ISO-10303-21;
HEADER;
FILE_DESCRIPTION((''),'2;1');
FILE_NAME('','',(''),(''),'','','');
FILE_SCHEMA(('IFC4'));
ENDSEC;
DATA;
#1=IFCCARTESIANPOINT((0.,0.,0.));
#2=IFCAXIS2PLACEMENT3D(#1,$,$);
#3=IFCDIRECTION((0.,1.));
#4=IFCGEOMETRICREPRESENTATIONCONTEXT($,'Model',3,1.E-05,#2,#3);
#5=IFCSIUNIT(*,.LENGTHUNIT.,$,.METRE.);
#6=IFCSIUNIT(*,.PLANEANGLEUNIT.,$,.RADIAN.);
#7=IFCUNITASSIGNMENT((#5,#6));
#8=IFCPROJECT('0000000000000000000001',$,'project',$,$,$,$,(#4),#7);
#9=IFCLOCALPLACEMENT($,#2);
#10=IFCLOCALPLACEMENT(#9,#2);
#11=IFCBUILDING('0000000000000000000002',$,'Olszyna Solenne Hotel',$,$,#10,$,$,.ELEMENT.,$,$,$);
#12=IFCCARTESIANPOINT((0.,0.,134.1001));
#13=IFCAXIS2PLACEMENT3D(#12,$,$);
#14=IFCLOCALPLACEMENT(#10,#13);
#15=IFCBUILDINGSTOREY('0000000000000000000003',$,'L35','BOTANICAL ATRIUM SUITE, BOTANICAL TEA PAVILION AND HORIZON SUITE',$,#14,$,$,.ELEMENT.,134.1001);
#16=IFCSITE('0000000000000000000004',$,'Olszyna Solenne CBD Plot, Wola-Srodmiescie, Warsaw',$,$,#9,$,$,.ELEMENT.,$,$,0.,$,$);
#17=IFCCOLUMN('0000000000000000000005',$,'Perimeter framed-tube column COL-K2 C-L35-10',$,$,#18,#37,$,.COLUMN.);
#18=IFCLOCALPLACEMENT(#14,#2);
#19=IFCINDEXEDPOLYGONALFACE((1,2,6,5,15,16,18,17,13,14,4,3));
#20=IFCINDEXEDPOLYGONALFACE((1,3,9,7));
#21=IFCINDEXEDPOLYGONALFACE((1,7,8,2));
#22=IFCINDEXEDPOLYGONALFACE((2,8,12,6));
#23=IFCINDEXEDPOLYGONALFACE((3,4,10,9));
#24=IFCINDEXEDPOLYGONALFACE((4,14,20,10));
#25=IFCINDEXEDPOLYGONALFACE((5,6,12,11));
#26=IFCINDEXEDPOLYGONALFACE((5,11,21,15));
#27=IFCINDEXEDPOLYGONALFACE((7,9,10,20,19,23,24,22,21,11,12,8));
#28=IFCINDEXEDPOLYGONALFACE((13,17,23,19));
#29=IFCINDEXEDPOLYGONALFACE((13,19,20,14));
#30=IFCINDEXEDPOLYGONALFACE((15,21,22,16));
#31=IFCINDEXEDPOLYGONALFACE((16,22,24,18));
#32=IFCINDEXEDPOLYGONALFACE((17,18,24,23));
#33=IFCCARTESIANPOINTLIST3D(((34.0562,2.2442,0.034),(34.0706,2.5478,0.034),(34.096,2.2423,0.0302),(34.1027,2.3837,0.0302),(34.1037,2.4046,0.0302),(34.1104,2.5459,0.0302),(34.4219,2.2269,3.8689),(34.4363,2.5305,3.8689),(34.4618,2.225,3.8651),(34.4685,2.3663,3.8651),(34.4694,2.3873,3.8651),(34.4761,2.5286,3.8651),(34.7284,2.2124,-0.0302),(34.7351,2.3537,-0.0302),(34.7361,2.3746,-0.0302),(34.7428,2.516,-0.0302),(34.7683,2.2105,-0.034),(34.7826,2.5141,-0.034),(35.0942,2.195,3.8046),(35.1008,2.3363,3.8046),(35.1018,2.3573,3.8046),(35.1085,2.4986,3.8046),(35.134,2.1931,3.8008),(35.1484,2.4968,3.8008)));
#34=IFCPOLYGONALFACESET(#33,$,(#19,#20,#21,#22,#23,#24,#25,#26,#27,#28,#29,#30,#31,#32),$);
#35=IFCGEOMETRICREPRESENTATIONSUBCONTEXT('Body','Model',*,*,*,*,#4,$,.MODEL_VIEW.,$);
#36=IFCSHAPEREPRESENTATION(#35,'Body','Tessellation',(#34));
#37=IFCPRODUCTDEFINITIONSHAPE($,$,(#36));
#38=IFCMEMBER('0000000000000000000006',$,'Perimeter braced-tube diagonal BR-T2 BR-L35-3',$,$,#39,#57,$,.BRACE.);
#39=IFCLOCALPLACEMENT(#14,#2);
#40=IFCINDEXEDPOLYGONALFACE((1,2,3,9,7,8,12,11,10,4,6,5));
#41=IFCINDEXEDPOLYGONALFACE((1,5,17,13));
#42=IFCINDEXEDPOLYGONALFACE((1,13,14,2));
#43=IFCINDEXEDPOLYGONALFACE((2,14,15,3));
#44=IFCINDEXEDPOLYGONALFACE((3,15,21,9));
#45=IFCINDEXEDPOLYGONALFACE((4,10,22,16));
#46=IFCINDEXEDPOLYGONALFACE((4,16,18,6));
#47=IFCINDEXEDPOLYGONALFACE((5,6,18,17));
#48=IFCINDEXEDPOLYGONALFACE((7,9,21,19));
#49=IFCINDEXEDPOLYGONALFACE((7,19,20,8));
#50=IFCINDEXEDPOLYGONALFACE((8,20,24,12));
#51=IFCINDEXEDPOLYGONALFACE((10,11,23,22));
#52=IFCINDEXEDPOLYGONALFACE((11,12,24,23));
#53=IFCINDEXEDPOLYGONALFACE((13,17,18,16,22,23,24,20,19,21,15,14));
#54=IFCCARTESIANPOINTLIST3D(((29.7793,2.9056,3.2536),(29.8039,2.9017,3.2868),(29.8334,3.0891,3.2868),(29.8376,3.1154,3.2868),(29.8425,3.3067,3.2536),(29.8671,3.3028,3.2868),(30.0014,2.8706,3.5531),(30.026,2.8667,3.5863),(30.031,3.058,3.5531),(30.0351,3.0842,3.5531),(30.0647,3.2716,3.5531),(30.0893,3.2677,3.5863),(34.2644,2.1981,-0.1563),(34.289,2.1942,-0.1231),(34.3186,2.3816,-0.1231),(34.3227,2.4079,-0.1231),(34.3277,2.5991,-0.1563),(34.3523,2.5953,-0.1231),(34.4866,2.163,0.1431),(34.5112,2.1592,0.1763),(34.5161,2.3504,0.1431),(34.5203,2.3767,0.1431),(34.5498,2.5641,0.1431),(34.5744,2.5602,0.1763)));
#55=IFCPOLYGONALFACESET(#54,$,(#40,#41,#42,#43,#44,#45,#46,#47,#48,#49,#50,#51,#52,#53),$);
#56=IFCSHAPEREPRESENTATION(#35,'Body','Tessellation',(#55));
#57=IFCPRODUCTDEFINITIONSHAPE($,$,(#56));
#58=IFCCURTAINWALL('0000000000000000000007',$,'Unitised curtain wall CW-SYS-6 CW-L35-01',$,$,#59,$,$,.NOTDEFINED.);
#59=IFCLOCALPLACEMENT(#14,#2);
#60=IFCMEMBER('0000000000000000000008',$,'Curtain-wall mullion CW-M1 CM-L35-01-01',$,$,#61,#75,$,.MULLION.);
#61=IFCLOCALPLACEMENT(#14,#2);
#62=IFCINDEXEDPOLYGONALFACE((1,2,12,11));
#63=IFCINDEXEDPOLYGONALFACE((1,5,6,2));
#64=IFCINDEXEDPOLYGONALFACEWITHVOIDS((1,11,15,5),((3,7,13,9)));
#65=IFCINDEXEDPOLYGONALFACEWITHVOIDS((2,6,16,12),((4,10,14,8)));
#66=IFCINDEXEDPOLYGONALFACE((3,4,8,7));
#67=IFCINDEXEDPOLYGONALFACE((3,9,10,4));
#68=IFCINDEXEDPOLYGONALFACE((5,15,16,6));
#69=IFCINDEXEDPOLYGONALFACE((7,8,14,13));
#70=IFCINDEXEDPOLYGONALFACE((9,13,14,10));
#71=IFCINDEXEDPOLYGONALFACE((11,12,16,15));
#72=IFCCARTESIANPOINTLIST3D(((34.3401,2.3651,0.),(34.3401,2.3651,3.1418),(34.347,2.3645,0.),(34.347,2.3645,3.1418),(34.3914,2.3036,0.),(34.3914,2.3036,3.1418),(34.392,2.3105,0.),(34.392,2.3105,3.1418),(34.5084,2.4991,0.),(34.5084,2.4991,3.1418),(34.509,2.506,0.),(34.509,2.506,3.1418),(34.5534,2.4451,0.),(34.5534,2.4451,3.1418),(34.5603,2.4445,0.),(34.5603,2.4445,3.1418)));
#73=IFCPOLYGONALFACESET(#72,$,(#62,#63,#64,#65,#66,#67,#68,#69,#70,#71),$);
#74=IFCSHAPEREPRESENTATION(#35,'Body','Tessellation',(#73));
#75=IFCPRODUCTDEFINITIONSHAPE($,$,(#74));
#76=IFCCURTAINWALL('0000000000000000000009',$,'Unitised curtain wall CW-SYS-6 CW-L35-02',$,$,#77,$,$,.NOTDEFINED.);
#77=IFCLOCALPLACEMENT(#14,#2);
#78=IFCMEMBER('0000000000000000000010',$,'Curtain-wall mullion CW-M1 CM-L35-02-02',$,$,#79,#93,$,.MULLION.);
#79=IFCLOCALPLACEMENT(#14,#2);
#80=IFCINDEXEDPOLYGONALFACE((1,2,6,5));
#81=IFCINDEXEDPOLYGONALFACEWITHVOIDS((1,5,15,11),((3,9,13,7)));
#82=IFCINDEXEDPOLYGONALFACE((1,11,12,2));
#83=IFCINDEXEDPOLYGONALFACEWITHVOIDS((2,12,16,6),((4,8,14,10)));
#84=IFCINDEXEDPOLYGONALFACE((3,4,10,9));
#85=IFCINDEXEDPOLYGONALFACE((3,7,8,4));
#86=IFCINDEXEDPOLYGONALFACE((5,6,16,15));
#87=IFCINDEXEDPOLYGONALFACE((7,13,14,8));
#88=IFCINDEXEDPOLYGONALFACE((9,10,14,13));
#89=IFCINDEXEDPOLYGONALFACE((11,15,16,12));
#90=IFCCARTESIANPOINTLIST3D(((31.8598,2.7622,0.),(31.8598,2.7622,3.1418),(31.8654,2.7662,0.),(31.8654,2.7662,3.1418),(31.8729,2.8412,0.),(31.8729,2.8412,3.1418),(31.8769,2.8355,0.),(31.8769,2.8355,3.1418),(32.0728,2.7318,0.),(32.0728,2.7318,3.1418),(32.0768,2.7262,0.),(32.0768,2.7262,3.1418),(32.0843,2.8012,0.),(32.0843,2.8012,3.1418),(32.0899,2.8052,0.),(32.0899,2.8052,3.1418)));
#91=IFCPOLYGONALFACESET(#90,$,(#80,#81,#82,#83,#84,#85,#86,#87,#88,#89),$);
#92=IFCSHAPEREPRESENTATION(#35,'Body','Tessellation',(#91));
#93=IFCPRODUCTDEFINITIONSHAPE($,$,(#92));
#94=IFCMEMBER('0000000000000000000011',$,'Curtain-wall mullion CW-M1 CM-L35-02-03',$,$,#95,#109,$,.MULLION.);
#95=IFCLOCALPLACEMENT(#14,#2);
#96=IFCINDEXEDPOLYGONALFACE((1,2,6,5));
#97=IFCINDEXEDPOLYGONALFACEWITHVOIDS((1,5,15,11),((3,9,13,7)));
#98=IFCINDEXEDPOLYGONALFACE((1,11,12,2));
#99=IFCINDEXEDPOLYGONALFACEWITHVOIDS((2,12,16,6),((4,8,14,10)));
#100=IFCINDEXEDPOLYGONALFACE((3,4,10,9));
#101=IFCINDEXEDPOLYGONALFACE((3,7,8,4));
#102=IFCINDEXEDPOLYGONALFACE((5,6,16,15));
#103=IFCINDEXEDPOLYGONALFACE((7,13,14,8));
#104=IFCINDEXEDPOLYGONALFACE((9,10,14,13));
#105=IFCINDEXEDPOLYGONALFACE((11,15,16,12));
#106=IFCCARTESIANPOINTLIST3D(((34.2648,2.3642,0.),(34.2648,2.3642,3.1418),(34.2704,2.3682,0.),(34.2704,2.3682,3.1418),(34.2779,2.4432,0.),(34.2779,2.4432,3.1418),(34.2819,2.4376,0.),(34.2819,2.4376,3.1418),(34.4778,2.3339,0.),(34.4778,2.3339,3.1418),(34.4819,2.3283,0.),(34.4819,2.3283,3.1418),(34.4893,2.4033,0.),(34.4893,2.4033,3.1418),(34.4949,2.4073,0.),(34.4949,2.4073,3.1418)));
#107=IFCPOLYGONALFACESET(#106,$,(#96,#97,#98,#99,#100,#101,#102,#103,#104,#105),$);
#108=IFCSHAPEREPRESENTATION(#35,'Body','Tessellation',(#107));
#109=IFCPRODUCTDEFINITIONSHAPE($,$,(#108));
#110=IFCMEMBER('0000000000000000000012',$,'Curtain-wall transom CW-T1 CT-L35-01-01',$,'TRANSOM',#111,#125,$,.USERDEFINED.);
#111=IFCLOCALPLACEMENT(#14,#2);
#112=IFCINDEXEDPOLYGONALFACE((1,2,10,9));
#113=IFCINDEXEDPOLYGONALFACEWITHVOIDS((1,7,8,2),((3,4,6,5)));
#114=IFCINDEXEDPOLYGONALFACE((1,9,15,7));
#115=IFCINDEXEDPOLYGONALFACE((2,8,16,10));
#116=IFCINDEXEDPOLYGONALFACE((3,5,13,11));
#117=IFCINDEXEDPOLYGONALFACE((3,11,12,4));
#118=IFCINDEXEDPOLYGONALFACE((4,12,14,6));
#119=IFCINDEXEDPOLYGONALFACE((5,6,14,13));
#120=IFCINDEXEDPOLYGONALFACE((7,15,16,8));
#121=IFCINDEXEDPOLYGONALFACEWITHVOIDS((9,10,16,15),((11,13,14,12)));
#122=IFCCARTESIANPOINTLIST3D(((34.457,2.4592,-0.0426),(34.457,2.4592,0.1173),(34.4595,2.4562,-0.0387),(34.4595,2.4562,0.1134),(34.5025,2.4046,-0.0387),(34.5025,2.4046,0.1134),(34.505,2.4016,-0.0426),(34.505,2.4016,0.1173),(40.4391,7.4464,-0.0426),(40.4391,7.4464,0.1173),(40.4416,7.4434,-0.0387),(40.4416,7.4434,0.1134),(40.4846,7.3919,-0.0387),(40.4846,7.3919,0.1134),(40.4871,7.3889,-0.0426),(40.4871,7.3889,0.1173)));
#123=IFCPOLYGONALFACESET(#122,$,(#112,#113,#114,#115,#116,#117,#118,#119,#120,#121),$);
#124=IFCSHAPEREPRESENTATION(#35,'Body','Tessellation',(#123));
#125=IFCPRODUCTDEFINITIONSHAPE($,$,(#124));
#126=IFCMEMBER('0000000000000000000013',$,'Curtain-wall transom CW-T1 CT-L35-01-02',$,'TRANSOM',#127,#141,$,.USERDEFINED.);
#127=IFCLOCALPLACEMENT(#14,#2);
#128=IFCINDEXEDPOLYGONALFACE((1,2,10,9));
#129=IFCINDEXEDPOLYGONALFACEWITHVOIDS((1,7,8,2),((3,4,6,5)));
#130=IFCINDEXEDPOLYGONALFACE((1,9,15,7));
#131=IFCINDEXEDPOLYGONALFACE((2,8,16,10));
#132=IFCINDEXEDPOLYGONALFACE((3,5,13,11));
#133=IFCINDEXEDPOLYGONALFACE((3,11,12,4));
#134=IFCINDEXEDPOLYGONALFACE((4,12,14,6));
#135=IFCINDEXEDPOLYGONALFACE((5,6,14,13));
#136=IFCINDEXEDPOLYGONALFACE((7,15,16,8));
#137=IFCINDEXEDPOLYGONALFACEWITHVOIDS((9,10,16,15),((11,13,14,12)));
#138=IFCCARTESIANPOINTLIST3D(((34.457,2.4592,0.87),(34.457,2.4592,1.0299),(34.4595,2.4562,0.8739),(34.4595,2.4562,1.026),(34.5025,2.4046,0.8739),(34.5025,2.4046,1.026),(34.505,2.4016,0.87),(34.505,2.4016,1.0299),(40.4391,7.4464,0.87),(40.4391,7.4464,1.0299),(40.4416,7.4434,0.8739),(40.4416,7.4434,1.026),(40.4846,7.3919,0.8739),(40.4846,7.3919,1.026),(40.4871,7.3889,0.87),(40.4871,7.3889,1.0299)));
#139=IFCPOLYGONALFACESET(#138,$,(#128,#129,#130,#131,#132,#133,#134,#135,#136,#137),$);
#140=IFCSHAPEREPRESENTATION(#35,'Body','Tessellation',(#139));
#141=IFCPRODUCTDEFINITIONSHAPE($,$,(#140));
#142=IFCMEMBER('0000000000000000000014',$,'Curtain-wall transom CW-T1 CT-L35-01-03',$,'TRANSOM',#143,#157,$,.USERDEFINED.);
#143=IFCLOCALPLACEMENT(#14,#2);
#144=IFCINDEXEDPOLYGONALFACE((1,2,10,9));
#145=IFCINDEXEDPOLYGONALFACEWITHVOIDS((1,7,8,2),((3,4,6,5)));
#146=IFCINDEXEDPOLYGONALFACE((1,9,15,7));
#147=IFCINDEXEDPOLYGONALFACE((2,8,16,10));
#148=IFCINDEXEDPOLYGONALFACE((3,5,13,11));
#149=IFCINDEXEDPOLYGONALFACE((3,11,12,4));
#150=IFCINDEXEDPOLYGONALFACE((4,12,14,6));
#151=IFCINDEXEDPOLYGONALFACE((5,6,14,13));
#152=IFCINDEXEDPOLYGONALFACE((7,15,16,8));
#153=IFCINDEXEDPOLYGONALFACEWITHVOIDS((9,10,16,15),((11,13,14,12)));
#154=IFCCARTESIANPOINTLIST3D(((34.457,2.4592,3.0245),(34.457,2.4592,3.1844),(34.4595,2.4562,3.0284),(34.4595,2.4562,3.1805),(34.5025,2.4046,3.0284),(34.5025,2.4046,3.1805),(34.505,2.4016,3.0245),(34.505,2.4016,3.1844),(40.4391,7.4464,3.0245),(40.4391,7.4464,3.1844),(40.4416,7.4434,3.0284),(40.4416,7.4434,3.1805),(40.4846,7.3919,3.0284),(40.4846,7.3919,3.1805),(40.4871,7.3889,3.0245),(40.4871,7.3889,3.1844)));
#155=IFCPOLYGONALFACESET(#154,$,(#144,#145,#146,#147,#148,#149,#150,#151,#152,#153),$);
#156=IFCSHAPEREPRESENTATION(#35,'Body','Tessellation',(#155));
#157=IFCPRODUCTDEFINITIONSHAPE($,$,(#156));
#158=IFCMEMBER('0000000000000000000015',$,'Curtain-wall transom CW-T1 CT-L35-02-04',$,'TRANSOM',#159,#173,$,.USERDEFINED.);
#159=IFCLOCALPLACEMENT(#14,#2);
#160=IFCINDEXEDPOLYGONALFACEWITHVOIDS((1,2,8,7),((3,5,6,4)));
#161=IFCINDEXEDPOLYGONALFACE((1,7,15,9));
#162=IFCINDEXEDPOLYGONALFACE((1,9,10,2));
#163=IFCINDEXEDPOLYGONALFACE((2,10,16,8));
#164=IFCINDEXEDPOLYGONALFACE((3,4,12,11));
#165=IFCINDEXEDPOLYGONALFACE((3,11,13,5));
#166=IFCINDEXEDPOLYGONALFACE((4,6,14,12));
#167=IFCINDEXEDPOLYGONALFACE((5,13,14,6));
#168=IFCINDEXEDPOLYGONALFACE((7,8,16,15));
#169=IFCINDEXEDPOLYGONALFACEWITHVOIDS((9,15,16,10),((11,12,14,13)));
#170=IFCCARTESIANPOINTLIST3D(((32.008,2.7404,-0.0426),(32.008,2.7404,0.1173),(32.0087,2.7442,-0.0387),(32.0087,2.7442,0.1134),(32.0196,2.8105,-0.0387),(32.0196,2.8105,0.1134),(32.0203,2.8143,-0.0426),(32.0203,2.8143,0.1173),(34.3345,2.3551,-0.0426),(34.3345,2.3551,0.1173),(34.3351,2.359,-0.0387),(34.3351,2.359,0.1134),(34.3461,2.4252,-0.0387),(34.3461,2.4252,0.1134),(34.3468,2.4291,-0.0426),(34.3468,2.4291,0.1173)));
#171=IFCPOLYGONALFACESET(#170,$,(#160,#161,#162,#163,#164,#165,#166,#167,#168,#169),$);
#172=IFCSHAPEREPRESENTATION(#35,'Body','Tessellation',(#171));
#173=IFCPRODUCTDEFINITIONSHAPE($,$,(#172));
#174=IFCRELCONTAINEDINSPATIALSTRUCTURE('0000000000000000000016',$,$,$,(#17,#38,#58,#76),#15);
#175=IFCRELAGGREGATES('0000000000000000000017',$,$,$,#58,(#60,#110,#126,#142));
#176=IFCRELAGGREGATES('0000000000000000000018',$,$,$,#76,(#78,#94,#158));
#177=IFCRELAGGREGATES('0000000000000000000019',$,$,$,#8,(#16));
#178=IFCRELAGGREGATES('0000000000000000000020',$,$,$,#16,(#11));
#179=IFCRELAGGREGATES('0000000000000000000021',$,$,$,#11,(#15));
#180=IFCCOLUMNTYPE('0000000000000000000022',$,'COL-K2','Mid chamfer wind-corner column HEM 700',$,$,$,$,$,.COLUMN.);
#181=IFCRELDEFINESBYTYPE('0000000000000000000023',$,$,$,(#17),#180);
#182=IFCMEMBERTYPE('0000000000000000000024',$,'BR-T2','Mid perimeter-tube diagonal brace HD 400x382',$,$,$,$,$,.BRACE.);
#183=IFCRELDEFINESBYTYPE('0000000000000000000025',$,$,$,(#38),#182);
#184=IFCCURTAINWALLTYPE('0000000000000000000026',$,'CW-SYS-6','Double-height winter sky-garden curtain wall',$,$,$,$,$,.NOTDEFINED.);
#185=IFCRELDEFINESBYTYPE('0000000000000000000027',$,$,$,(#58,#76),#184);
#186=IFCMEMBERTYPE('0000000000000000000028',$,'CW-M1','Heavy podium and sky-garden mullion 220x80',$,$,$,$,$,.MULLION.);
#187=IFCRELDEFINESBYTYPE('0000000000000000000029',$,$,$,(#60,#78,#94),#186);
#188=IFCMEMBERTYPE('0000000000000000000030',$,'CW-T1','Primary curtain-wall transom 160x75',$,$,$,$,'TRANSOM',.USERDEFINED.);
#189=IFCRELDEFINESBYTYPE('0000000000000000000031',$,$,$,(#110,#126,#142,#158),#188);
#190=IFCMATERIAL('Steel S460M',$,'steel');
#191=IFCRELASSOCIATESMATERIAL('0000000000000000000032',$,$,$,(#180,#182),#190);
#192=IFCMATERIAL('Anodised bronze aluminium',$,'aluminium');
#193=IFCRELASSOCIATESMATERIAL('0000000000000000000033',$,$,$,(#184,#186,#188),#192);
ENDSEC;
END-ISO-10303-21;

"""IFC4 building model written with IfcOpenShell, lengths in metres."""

from ifc_helpers import new_model, si_unit, direction, frame, origin, origin_2d, place, context, subcontext, project, spatial, hollow_rectangle, i_section, extrude, source, transform, mapped, material, material_profile, profile_set, type_object, element, aggregate, save


model = new_model("IFC4")

# Units and contexts
model_context = context("Model", 3, precision=1e-05, world=origin(), true_north=direction((0.0, 1.0)))
body_context = subcontext(model_context, "Body", "Model", "MODEL_VIEW")
ifc_project = project(units=[si_unit("LENGTHUNIT", "METRE"), si_unit("PLANEANGLEUNIT", "RADIAN")], contexts=[model_context])

# Site, building, storey
site_placement = place(None, origin())
site = spatial("IfcSite", under=ifc_project, at=site_placement, Name="Olszyna Solenne CBD Plot, Wola-Srodmiescie, Warsaw", CompositionType="ELEMENT", RefElevation=0.0)
building_placement = place(site_placement, origin())
building = spatial("IfcBuilding", under=site, at=building_placement, Name="Olszyna Solenne Hotel", CompositionType="ELEMENT")
storey_placement = place(building_placement, frame((0.0, 0.0, 134.1001)))
storey = spatial("IfcBuildingStorey", under=building, at=storey_placement, Name="L35", Description="BOTANICAL ATRIUM SUITE, BOTANICAL TEA PAVILION AND HORIZON SUITE", CompositionType="ELEMENT", Elevation=134.1001)

# Column
ifc_material_1 = material(Name="Steel S460M", Category="steel")
ifc_material_profile_1 = material_profile(ifc_material_1, i_section(OverallWidth=0.304, OverallDepth=0.7161, WebThickness=0.021, FlangeThickness=0.04, at=origin_2d()), Name="HEM 700", Category="load-bearing")
ifc_profile_set_1 = profile_set([ifc_material_profile_1], Name="Steel S460M")
column_type = type_object("IfcColumnType", Name="COL-K2", Description="Mid chamfer wind-corner column HEM 700", PredefinedType="COLUMN", material=ifc_profile_set_1)
shared_shape_1 = source(origin(), body_context, "Body", "SweptSolid", [
    extrude(i_section(OverallWidth=0.304, OverallDepth=0.7161, WebThickness=0.021, FlangeThickness=0.04, at=origin_2d()), origin(), (0.0, 0.0, 1.0), 3.8523),
])
column_placement = place(storey_placement, frame((34.4194, 2.3792, 0.0), z_axis=(0.094934, -0.0045, 0.995473), x_axis=(0.047343, 0.998879, 0.0)))
element("IfcColumn", 1, at=column_placement, inside=storey, type_object=column_type, Name="Perimeter framed-tube column COL-K2 C-L35-10", PredefinedType="COLUMN", context=body_context, shape_type="MappedRepresentation", body=[
    mapped(shared_shape_1, transform((0.0, 0.0, 0.0), x_axis=(1.0, 0.0, 0.0), y_axis=(0.0, 1.0, 0.0), z_axis=(0.0, 0.0, 1.0), scale=1.0)),
])

# Member
ifc_material_profile_2 = material_profile(ifc_material_1, i_section(OverallWidth=0.406, OverallDepth=0.416, WebThickness=0.0266, FlangeThickness=0.0415, at=origin_2d()), Name="HD 400x382", Category="load-bearing")
ifc_profile_set_2 = profile_set([ifc_material_profile_2], Name="Steel S460M")
member_type_1 = type_object("IfcMemberType", Name="BR-T2", Description="Mid perimeter-tube diagonal brace HD 400x382", PredefinedType="BRACE", material=ifc_profile_set_2)
shared_shape_2 = source(origin(), body_context, "Body", "SweptSolid", [
    extrude(i_section(OverallWidth=0.406, OverallDepth=0.416, WebThickness=0.0266, FlangeThickness=0.0415, at=origin_2d()), origin(), (0.0, 0.0, 1.0), 5.6785),
])
member_1_placement = place(storey_placement, frame((34.4194, 2.3792, 0.01), z_axis=(-0.789854, 0.124598, 0.600505), x_axis=(-0.155822, -0.987785, 0.0)))
element("IfcMember", 2, at=member_1_placement, inside=storey, type_object=member_type_1, Name="Perimeter braced-tube diagonal BR-T2 BR-L35-3", PredefinedType="BRACE", context=body_context, shape_type="MappedRepresentation", body=[
    mapped(shared_shape_2, transform((0.0, 0.0, 0.0), x_axis=(1.0, 0.0, 0.0), y_axis=(0.0, 1.0, 0.0), z_axis=(0.0, 0.0, 1.0), scale=1.0)),
])

# Curtain wall, member
ifc_material_2 = material(Name="Anodised bronze aluminium", Category="aluminium")
curtain_wall_type = type_object("IfcCurtainWallType", Name="CW-SYS-6", Description="Double-height winter sky-garden curtain wall", PredefinedType="NOTDEFINED", material=ifc_material_2)
curtain_wall_1_placement = place(storey_placement, origin())
curtain_wall_1 = element("IfcCurtainWall", 3, at=curtain_wall_1_placement, inside=storey, type_object=curtain_wall_type, Name="Unitised curtain wall CW-SYS-6 CW-L35-01", PredefinedType="NOTDEFINED")
ifc_material_profile_3 = material_profile(ifc_material_2, hollow_rectangle(XDim=0.0801, YDim=0.22, WallThickness=0.0049, at=origin_2d()), Name="MULL 220x80x5", Category="load-bearing")
ifc_profile_set_3 = profile_set([ifc_material_profile_3], Name="Anodised bronze aluminium")
member_type_2 = type_object("IfcMemberType", Name="CW-M1", Description="Heavy podium and sky-garden mullion 220x80", PredefinedType="MULLION", material=ifc_profile_set_3)
shared_shape_3 = source(origin(), body_context, "Body", "SweptSolid", [
    extrude(hollow_rectangle(XDim=0.0801, YDim=0.22, WallThickness=0.0049, at=origin_2d()), origin(), (0.0, 0.0, 1.0), 3.1418),
])
member_2_placement = place(storey_placement, frame((34.4502, 2.4048, 0.0), z_axis=(0.0, 0.0, 1.0), x_axis=(-0.64034, 0.768091, 0.0)))
member_2 = element("IfcMember", 4, at=member_2_placement, type_object=member_type_2, Name="Curtain-wall mullion CW-M1 CM-L35-01-01", PredefinedType="MULLION", context=body_context, shape_type="MappedRepresentation", body=[
    mapped(shared_shape_3, transform((0.0, 0.0, 0.0), x_axis=(1.0, 0.0, 0.0), y_axis=(0.0, 1.0, 0.0), z_axis=(0.0, 0.0, 1.0), scale=1.0)),
])

# Curtain wall, members
curtain_wall_2_placement = place(storey_placement, origin())
curtain_wall_2 = element("IfcCurtainWall", 5, at=curtain_wall_2_placement, inside=storey, type_object=curtain_wall_type, Name="Unitised curtain wall CW-SYS-6 CW-L35-02", PredefinedType="NOTDEFINED")
member_3_placement = place(storey_placement, frame((31.9749, 2.7837, 0.0), z_axis=(0.0, 0.0, 1.0), x_axis=(0.163322, 0.986573, 0.0)))
member_3 = element("IfcMember", 6, at=member_3_placement, type_object=member_type_2, Name="Curtain-wall mullion CW-M1 CM-L35-02-02", PredefinedType="MULLION", context=body_context, shape_type="MappedRepresentation", body=[
    mapped(shared_shape_3, transform((0.0, 0.0, 0.0), x_axis=(1.0, 0.0, 0.0), y_axis=(0.0, 1.0, 0.0), z_axis=(0.0, 0.0, 1.0), scale=1.0)),
])
member_4_placement = place(storey_placement, frame((34.3799, 2.3857, 0.0), z_axis=(0.0, 0.0, 1.0), x_axis=(0.163322, 0.986573, 0.0)))
member_4 = element("IfcMember", 7, at=member_4_placement, type_object=member_type_2, Name="Curtain-wall mullion CW-M1 CM-L35-02-03", PredefinedType="MULLION", context=body_context, shape_type="MappedRepresentation", body=[
    mapped(shared_shape_3, transform((0.0, 0.0, 0.0), x_axis=(1.0, 0.0, 0.0), y_axis=(0.0, 1.0, 0.0), z_axis=(0.0, 0.0, 1.0), scale=1.0)),
])

# Members
ifc_material_profile_4 = material_profile(ifc_material_2, hollow_rectangle(XDim=0.075, YDim=0.1599, WallThickness=0.0039, at=origin_2d()), Name="TRAN 160x75x4", Category="load-bearing")
ifc_profile_set_4 = profile_set([ifc_material_profile_4], Name="Anodised bronze aluminium")
member_type_3 = type_object("IfcMemberType", Name="CW-T1", Description="Primary curtain-wall transom 160x75", ElementType="TRANSOM", PredefinedType="USERDEFINED", material=ifc_profile_set_4)
shared_shape_4 = source(origin(), body_context, "Body", "SweptSolid", [
    extrude(hollow_rectangle(XDim=0.075, YDim=0.1599, WallThickness=0.0039, at=origin_2d()), origin(), (0.0, 0.0, 1.0), 7.7883),
])
member_5_placement = place(storey_placement, frame((34.481, 2.4304, 0.0374), z_axis=(0.768085, 0.640348, 0.0), x_axis=(-0.640348, 0.768085, 0.0)))
member_5 = element("IfcMember", 8, at=member_5_placement, type_object=member_type_3, Name="Curtain-wall transom CW-T1 CT-L35-01-01", ObjectType="TRANSOM", PredefinedType="USERDEFINED", context=body_context, shape_type="MappedRepresentation", body=[
    mapped(shared_shape_4, transform((0.0, 0.0, 0.0), x_axis=(1.0, 0.0, 0.0), y_axis=(0.0, 1.0, 0.0), z_axis=(0.0, 0.0, 1.0), scale=1.0)),
])
member_6_placement = place(storey_placement, frame((34.481, 2.4304, 0.95), z_axis=(0.768085, 0.640348, 0.0), x_axis=(-0.640348, 0.768085, 0.0)))
member_6 = element("IfcMember", 9, at=member_6_placement, type_object=member_type_3, Name="Curtain-wall transom CW-T1 CT-L35-01-02", ObjectType="TRANSOM", PredefinedType="USERDEFINED", context=body_context, shape_type="MappedRepresentation", body=[
    mapped(shared_shape_4, transform((0.0, 0.0, 0.0), x_axis=(1.0, 0.0, 0.0), y_axis=(0.0, 1.0, 0.0), z_axis=(0.0, 0.0, 1.0), scale=1.0)),
])
member_7_placement = place(storey_placement, frame((34.481, 2.4304, 3.1045), z_axis=(0.768085, 0.640348, 0.0), x_axis=(-0.640348, 0.768085, 0.0)))
member_7 = element("IfcMember", 10, at=member_7_placement, type_object=member_type_3, Name="Curtain-wall transom CW-T1 CT-L35-01-03", ObjectType="TRANSOM", PredefinedType="USERDEFINED", context=body_context, shape_type="MappedRepresentation", body=[
    mapped(shared_shape_4, transform((0.0, 0.0, 0.0), x_axis=(1.0, 0.0, 0.0), y_axis=(0.0, 1.0, 0.0), z_axis=(0.0, 0.0, 1.0), scale=1.0)),
])
aggregate(curtain_wall_1, [member_2, member_5, member_6, member_7])
shared_shape_5 = source(origin(), body_context, "Body", "SweptSolid", [
    extrude(hollow_rectangle(XDim=0.075, YDim=0.1599, WallThickness=0.0039, at=origin_2d()), origin(), (0.0, 0.0, 1.0), 2.3582),
])
member_8_placement = place(storey_placement, frame((32.0142, 2.7773, 0.0374), z_axis=(0.986564, -0.163375, 0.0), x_axis=(0.163375, 0.986564, 0.0)))
member_8 = element("IfcMember", 11, at=member_8_placement, type_object=member_type_3, Name="Curtain-wall transom CW-T1 CT-L35-02-04", ObjectType="TRANSOM", PredefinedType="USERDEFINED", context=body_context, shape_type="MappedRepresentation", body=[
    mapped(shared_shape_5, transform((0.0, 0.0, 0.0), x_axis=(1.0, 0.0, 0.0), y_axis=(0.0, 1.0, 0.0), z_axis=(0.0, 0.0, 1.0), scale=1.0)),
])

aggregate(curtain_wall_2, [member_3, member_4, member_8])

save(model, "model.ifc")
